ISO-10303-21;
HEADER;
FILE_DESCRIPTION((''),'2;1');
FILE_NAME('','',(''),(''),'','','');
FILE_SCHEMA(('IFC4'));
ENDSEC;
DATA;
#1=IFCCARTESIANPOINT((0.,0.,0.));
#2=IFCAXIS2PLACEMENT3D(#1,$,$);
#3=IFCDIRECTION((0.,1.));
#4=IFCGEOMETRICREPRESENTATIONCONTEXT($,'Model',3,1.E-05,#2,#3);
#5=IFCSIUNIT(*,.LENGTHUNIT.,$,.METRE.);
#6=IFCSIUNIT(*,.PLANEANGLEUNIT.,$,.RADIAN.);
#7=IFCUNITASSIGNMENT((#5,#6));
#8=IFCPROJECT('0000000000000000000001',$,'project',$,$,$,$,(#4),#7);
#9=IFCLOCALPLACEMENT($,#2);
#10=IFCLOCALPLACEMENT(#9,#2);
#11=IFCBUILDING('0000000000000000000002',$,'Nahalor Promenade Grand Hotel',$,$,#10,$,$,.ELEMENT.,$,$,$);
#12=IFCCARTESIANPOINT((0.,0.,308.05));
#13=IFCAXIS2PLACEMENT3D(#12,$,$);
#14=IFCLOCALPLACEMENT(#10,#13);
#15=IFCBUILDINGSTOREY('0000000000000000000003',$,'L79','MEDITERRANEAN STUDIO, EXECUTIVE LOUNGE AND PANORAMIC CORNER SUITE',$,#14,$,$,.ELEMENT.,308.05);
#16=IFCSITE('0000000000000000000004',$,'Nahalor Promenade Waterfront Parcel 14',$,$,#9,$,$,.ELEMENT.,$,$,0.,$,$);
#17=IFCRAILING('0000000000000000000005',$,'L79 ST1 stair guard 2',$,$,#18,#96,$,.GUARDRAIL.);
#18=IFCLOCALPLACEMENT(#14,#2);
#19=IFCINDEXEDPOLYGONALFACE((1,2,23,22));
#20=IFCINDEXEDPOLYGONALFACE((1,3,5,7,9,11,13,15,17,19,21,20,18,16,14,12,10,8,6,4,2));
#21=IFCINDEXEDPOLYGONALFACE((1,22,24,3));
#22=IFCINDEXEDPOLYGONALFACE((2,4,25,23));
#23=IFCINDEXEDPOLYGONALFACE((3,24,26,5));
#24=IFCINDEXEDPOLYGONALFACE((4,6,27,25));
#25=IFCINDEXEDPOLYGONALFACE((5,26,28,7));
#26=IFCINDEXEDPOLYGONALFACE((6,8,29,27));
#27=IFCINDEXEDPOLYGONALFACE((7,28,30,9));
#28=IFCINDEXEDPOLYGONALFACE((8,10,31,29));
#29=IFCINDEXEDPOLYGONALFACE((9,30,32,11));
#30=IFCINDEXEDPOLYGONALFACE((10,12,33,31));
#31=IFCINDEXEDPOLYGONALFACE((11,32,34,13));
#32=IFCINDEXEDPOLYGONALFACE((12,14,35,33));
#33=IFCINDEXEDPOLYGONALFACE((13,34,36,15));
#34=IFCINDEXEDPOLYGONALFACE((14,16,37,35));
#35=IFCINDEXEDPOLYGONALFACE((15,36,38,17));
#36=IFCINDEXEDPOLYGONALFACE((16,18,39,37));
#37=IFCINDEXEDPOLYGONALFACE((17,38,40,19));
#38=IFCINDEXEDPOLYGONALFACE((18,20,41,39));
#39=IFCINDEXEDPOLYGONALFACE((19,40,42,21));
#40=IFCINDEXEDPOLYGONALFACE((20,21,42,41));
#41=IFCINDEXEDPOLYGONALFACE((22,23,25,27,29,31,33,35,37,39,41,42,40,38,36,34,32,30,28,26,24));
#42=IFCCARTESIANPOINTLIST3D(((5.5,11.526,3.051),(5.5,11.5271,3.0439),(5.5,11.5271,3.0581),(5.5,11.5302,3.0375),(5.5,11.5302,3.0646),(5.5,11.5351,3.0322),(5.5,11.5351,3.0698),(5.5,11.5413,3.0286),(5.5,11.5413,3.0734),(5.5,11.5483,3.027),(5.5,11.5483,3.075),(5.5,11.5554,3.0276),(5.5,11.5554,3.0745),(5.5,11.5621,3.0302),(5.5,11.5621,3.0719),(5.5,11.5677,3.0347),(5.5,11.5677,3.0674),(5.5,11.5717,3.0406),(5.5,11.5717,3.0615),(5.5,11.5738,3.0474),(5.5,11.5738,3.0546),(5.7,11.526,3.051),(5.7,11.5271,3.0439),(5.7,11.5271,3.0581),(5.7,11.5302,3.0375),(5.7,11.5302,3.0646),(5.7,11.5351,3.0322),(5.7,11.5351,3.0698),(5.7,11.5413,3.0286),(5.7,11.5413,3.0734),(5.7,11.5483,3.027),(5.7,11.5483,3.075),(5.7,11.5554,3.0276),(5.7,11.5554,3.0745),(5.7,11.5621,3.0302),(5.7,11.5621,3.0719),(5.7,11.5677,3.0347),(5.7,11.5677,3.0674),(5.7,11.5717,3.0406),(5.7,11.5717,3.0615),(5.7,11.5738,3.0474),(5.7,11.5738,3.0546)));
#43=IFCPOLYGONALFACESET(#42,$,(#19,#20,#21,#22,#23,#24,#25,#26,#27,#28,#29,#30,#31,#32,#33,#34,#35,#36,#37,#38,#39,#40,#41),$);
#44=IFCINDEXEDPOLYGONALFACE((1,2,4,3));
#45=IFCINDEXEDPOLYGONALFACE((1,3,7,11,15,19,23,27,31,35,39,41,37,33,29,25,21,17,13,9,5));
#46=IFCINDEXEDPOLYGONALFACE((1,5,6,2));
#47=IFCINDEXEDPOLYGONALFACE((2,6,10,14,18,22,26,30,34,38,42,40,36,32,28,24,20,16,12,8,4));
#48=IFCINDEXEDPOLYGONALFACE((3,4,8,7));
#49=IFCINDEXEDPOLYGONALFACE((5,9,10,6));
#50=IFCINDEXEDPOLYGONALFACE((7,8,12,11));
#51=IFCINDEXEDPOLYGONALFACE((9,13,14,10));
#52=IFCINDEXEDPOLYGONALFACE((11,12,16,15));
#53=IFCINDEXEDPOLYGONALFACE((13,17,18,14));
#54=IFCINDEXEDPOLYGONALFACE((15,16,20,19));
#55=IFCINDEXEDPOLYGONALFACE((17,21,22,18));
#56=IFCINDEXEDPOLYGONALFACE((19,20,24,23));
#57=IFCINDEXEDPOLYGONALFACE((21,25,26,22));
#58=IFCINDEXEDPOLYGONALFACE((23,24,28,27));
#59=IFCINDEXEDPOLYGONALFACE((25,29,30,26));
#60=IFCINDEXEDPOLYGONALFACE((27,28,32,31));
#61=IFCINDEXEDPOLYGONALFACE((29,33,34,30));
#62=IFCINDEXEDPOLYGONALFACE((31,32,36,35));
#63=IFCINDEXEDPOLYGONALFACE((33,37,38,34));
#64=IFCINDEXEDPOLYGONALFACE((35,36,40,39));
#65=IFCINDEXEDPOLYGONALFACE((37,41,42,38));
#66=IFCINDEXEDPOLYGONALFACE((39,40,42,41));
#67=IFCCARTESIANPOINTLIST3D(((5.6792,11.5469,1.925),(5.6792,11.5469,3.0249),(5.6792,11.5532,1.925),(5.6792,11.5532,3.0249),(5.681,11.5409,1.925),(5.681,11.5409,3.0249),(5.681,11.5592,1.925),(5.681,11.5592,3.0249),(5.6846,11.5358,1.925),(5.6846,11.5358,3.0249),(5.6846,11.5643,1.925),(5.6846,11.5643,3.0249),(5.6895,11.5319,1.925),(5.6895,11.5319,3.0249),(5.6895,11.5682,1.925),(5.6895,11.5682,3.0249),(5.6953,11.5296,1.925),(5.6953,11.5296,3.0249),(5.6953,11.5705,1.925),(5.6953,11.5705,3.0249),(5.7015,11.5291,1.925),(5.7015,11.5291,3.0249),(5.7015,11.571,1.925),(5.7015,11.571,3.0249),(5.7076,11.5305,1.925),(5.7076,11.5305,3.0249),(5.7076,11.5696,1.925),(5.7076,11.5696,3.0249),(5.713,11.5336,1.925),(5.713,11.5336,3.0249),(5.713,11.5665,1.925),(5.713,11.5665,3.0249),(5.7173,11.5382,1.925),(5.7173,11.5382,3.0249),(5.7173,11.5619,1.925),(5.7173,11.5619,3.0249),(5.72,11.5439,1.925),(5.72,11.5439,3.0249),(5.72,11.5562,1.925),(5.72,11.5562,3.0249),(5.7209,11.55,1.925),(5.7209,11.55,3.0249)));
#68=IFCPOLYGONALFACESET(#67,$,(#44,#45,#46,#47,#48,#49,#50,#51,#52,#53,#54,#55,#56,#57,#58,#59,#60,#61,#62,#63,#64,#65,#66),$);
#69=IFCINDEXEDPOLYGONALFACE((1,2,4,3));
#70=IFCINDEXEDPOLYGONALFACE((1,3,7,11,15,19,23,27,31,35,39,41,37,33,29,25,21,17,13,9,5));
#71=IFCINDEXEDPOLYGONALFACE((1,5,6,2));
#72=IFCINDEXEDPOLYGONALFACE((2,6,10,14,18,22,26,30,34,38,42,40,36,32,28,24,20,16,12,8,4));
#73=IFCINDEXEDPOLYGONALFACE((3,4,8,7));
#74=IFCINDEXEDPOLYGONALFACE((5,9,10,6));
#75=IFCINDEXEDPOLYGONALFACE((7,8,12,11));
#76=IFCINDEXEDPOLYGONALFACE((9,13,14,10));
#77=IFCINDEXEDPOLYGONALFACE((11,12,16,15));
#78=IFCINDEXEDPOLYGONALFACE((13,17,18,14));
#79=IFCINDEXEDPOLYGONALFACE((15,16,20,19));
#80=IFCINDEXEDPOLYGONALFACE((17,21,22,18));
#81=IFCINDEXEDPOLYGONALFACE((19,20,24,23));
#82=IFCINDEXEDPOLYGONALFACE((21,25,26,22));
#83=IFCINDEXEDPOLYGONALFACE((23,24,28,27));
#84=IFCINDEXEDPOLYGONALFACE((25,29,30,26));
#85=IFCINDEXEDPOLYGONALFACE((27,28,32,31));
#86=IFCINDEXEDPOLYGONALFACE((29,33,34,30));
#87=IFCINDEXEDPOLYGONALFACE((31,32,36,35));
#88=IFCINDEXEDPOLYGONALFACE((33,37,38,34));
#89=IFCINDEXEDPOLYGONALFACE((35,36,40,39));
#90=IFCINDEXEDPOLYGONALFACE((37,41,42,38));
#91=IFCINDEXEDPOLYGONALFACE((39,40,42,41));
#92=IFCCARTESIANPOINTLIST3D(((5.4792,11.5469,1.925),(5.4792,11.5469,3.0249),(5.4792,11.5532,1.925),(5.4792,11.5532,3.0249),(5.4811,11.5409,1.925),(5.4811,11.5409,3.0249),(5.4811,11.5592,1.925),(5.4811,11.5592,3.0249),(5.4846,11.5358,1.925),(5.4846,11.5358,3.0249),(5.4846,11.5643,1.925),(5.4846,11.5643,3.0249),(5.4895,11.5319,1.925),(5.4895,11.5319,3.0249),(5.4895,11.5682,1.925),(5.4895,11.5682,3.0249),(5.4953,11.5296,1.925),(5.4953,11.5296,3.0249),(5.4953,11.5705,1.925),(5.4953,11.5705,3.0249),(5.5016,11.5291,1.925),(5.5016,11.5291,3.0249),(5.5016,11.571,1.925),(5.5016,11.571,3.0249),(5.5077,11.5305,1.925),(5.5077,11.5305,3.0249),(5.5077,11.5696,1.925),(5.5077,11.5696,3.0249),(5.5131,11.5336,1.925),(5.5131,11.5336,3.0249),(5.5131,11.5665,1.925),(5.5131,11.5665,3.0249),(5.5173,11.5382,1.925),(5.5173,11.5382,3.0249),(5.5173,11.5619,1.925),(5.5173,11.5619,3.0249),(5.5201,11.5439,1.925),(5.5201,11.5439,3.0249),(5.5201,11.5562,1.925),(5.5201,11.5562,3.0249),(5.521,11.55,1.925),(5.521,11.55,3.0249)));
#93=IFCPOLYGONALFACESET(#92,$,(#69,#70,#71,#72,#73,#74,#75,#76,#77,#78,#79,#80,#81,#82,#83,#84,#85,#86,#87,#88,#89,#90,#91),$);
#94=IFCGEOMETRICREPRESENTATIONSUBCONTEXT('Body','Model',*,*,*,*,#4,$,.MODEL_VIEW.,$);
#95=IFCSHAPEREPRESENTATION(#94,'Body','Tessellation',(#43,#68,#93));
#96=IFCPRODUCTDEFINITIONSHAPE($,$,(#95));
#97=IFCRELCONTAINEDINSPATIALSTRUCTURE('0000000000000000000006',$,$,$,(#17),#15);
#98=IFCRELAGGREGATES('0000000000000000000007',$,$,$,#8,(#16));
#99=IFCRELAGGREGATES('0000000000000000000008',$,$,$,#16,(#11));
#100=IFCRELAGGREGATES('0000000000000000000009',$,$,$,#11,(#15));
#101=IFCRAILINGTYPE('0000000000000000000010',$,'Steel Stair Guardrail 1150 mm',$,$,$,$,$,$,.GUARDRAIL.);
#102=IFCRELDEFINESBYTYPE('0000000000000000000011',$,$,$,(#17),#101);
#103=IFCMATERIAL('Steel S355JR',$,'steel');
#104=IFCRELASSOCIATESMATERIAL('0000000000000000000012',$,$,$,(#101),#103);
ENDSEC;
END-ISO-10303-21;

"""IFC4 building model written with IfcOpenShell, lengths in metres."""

from ifc_helpers import new_model, si_unit, direction, frame, origin, origin_2d, place, context, subcontext, project, spatial, circle, extrude, material, type_object, element, save


model = new_model("IFC4")

# Units and contexts
model_context = context("Model", 3, precision=1e-05, world=origin(), true_north=direction((0.0, 1.0)))
body_context = subcontext(model_context, "Body", "Model", "MODEL_VIEW")
ifc_project = project(units=[si_unit("LENGTHUNIT", "METRE"), si_unit("PLANEANGLEUNIT", "RADIAN")], contexts=[model_context])

# Site, building, storey
site_placement = place(None, origin())
site = spatial("IfcSite", under=ifc_project, at=site_placement, Name="Nahalor Promenade Waterfront Parcel 14", CompositionType="ELEMENT", RefElevation=0.0)
building_placement = place(site_placement, origin())
building = spatial("IfcBuilding", under=site, at=building_placement, Name="Nahalor Promenade Grand Hotel", CompositionType="ELEMENT")
storey_placement = place(building_placement, frame((0.0, 0.0, 308.05)))
storey = spatial("IfcBuildingStorey", under=building, at=storey_placement, Name="L79", Description="MEDITERRANEAN STUDIO, EXECUTIVE LOUNGE AND PANORAMIC CORNER SUITE", CompositionType="ELEMENT", Elevation=308.05)

# Shared definitions
ifc_material_1 = material(Name="Steel S355JR", Category="steel")

# Railing
railing_type_1 = type_object("IfcRailingType", Name="Steel Stair Guardrail 1150 mm", PredefinedType="GUARDRAIL", material=ifc_material_1)
railing_1_placement = place(storey_placement, frame((5.7, 11.55, 1.925)))
element("IfcRailing", 1, at=railing_1_placement, inside=storey, type_object=railing_type_1, Name="L79 ST1 stair guard 2", PredefinedType="GUARDRAIL", context=body_context, shape_type="SweptSolid", body=[
    extrude(circle(Radius=0.024, at=origin_2d()), frame((0.0, 0.0, 1.126), z_axis=(-1.0, 0.0, 0.0), x_axis=(0.0, -1.0, 0.0)), (0.0, 0.0, 1.0), 0.2),
    extrude(circle(Radius=0.021, at=origin_2d()), origin(), (0.0, 0.0, 1.0), 1.0999),
    extrude(circle(Radius=0.021, at=origin_2d()), frame((-0.2, 0.0, 0.0)), (0.0, 0.0, 1.0), 1.0999),
])

save(model, "model.ifc")
